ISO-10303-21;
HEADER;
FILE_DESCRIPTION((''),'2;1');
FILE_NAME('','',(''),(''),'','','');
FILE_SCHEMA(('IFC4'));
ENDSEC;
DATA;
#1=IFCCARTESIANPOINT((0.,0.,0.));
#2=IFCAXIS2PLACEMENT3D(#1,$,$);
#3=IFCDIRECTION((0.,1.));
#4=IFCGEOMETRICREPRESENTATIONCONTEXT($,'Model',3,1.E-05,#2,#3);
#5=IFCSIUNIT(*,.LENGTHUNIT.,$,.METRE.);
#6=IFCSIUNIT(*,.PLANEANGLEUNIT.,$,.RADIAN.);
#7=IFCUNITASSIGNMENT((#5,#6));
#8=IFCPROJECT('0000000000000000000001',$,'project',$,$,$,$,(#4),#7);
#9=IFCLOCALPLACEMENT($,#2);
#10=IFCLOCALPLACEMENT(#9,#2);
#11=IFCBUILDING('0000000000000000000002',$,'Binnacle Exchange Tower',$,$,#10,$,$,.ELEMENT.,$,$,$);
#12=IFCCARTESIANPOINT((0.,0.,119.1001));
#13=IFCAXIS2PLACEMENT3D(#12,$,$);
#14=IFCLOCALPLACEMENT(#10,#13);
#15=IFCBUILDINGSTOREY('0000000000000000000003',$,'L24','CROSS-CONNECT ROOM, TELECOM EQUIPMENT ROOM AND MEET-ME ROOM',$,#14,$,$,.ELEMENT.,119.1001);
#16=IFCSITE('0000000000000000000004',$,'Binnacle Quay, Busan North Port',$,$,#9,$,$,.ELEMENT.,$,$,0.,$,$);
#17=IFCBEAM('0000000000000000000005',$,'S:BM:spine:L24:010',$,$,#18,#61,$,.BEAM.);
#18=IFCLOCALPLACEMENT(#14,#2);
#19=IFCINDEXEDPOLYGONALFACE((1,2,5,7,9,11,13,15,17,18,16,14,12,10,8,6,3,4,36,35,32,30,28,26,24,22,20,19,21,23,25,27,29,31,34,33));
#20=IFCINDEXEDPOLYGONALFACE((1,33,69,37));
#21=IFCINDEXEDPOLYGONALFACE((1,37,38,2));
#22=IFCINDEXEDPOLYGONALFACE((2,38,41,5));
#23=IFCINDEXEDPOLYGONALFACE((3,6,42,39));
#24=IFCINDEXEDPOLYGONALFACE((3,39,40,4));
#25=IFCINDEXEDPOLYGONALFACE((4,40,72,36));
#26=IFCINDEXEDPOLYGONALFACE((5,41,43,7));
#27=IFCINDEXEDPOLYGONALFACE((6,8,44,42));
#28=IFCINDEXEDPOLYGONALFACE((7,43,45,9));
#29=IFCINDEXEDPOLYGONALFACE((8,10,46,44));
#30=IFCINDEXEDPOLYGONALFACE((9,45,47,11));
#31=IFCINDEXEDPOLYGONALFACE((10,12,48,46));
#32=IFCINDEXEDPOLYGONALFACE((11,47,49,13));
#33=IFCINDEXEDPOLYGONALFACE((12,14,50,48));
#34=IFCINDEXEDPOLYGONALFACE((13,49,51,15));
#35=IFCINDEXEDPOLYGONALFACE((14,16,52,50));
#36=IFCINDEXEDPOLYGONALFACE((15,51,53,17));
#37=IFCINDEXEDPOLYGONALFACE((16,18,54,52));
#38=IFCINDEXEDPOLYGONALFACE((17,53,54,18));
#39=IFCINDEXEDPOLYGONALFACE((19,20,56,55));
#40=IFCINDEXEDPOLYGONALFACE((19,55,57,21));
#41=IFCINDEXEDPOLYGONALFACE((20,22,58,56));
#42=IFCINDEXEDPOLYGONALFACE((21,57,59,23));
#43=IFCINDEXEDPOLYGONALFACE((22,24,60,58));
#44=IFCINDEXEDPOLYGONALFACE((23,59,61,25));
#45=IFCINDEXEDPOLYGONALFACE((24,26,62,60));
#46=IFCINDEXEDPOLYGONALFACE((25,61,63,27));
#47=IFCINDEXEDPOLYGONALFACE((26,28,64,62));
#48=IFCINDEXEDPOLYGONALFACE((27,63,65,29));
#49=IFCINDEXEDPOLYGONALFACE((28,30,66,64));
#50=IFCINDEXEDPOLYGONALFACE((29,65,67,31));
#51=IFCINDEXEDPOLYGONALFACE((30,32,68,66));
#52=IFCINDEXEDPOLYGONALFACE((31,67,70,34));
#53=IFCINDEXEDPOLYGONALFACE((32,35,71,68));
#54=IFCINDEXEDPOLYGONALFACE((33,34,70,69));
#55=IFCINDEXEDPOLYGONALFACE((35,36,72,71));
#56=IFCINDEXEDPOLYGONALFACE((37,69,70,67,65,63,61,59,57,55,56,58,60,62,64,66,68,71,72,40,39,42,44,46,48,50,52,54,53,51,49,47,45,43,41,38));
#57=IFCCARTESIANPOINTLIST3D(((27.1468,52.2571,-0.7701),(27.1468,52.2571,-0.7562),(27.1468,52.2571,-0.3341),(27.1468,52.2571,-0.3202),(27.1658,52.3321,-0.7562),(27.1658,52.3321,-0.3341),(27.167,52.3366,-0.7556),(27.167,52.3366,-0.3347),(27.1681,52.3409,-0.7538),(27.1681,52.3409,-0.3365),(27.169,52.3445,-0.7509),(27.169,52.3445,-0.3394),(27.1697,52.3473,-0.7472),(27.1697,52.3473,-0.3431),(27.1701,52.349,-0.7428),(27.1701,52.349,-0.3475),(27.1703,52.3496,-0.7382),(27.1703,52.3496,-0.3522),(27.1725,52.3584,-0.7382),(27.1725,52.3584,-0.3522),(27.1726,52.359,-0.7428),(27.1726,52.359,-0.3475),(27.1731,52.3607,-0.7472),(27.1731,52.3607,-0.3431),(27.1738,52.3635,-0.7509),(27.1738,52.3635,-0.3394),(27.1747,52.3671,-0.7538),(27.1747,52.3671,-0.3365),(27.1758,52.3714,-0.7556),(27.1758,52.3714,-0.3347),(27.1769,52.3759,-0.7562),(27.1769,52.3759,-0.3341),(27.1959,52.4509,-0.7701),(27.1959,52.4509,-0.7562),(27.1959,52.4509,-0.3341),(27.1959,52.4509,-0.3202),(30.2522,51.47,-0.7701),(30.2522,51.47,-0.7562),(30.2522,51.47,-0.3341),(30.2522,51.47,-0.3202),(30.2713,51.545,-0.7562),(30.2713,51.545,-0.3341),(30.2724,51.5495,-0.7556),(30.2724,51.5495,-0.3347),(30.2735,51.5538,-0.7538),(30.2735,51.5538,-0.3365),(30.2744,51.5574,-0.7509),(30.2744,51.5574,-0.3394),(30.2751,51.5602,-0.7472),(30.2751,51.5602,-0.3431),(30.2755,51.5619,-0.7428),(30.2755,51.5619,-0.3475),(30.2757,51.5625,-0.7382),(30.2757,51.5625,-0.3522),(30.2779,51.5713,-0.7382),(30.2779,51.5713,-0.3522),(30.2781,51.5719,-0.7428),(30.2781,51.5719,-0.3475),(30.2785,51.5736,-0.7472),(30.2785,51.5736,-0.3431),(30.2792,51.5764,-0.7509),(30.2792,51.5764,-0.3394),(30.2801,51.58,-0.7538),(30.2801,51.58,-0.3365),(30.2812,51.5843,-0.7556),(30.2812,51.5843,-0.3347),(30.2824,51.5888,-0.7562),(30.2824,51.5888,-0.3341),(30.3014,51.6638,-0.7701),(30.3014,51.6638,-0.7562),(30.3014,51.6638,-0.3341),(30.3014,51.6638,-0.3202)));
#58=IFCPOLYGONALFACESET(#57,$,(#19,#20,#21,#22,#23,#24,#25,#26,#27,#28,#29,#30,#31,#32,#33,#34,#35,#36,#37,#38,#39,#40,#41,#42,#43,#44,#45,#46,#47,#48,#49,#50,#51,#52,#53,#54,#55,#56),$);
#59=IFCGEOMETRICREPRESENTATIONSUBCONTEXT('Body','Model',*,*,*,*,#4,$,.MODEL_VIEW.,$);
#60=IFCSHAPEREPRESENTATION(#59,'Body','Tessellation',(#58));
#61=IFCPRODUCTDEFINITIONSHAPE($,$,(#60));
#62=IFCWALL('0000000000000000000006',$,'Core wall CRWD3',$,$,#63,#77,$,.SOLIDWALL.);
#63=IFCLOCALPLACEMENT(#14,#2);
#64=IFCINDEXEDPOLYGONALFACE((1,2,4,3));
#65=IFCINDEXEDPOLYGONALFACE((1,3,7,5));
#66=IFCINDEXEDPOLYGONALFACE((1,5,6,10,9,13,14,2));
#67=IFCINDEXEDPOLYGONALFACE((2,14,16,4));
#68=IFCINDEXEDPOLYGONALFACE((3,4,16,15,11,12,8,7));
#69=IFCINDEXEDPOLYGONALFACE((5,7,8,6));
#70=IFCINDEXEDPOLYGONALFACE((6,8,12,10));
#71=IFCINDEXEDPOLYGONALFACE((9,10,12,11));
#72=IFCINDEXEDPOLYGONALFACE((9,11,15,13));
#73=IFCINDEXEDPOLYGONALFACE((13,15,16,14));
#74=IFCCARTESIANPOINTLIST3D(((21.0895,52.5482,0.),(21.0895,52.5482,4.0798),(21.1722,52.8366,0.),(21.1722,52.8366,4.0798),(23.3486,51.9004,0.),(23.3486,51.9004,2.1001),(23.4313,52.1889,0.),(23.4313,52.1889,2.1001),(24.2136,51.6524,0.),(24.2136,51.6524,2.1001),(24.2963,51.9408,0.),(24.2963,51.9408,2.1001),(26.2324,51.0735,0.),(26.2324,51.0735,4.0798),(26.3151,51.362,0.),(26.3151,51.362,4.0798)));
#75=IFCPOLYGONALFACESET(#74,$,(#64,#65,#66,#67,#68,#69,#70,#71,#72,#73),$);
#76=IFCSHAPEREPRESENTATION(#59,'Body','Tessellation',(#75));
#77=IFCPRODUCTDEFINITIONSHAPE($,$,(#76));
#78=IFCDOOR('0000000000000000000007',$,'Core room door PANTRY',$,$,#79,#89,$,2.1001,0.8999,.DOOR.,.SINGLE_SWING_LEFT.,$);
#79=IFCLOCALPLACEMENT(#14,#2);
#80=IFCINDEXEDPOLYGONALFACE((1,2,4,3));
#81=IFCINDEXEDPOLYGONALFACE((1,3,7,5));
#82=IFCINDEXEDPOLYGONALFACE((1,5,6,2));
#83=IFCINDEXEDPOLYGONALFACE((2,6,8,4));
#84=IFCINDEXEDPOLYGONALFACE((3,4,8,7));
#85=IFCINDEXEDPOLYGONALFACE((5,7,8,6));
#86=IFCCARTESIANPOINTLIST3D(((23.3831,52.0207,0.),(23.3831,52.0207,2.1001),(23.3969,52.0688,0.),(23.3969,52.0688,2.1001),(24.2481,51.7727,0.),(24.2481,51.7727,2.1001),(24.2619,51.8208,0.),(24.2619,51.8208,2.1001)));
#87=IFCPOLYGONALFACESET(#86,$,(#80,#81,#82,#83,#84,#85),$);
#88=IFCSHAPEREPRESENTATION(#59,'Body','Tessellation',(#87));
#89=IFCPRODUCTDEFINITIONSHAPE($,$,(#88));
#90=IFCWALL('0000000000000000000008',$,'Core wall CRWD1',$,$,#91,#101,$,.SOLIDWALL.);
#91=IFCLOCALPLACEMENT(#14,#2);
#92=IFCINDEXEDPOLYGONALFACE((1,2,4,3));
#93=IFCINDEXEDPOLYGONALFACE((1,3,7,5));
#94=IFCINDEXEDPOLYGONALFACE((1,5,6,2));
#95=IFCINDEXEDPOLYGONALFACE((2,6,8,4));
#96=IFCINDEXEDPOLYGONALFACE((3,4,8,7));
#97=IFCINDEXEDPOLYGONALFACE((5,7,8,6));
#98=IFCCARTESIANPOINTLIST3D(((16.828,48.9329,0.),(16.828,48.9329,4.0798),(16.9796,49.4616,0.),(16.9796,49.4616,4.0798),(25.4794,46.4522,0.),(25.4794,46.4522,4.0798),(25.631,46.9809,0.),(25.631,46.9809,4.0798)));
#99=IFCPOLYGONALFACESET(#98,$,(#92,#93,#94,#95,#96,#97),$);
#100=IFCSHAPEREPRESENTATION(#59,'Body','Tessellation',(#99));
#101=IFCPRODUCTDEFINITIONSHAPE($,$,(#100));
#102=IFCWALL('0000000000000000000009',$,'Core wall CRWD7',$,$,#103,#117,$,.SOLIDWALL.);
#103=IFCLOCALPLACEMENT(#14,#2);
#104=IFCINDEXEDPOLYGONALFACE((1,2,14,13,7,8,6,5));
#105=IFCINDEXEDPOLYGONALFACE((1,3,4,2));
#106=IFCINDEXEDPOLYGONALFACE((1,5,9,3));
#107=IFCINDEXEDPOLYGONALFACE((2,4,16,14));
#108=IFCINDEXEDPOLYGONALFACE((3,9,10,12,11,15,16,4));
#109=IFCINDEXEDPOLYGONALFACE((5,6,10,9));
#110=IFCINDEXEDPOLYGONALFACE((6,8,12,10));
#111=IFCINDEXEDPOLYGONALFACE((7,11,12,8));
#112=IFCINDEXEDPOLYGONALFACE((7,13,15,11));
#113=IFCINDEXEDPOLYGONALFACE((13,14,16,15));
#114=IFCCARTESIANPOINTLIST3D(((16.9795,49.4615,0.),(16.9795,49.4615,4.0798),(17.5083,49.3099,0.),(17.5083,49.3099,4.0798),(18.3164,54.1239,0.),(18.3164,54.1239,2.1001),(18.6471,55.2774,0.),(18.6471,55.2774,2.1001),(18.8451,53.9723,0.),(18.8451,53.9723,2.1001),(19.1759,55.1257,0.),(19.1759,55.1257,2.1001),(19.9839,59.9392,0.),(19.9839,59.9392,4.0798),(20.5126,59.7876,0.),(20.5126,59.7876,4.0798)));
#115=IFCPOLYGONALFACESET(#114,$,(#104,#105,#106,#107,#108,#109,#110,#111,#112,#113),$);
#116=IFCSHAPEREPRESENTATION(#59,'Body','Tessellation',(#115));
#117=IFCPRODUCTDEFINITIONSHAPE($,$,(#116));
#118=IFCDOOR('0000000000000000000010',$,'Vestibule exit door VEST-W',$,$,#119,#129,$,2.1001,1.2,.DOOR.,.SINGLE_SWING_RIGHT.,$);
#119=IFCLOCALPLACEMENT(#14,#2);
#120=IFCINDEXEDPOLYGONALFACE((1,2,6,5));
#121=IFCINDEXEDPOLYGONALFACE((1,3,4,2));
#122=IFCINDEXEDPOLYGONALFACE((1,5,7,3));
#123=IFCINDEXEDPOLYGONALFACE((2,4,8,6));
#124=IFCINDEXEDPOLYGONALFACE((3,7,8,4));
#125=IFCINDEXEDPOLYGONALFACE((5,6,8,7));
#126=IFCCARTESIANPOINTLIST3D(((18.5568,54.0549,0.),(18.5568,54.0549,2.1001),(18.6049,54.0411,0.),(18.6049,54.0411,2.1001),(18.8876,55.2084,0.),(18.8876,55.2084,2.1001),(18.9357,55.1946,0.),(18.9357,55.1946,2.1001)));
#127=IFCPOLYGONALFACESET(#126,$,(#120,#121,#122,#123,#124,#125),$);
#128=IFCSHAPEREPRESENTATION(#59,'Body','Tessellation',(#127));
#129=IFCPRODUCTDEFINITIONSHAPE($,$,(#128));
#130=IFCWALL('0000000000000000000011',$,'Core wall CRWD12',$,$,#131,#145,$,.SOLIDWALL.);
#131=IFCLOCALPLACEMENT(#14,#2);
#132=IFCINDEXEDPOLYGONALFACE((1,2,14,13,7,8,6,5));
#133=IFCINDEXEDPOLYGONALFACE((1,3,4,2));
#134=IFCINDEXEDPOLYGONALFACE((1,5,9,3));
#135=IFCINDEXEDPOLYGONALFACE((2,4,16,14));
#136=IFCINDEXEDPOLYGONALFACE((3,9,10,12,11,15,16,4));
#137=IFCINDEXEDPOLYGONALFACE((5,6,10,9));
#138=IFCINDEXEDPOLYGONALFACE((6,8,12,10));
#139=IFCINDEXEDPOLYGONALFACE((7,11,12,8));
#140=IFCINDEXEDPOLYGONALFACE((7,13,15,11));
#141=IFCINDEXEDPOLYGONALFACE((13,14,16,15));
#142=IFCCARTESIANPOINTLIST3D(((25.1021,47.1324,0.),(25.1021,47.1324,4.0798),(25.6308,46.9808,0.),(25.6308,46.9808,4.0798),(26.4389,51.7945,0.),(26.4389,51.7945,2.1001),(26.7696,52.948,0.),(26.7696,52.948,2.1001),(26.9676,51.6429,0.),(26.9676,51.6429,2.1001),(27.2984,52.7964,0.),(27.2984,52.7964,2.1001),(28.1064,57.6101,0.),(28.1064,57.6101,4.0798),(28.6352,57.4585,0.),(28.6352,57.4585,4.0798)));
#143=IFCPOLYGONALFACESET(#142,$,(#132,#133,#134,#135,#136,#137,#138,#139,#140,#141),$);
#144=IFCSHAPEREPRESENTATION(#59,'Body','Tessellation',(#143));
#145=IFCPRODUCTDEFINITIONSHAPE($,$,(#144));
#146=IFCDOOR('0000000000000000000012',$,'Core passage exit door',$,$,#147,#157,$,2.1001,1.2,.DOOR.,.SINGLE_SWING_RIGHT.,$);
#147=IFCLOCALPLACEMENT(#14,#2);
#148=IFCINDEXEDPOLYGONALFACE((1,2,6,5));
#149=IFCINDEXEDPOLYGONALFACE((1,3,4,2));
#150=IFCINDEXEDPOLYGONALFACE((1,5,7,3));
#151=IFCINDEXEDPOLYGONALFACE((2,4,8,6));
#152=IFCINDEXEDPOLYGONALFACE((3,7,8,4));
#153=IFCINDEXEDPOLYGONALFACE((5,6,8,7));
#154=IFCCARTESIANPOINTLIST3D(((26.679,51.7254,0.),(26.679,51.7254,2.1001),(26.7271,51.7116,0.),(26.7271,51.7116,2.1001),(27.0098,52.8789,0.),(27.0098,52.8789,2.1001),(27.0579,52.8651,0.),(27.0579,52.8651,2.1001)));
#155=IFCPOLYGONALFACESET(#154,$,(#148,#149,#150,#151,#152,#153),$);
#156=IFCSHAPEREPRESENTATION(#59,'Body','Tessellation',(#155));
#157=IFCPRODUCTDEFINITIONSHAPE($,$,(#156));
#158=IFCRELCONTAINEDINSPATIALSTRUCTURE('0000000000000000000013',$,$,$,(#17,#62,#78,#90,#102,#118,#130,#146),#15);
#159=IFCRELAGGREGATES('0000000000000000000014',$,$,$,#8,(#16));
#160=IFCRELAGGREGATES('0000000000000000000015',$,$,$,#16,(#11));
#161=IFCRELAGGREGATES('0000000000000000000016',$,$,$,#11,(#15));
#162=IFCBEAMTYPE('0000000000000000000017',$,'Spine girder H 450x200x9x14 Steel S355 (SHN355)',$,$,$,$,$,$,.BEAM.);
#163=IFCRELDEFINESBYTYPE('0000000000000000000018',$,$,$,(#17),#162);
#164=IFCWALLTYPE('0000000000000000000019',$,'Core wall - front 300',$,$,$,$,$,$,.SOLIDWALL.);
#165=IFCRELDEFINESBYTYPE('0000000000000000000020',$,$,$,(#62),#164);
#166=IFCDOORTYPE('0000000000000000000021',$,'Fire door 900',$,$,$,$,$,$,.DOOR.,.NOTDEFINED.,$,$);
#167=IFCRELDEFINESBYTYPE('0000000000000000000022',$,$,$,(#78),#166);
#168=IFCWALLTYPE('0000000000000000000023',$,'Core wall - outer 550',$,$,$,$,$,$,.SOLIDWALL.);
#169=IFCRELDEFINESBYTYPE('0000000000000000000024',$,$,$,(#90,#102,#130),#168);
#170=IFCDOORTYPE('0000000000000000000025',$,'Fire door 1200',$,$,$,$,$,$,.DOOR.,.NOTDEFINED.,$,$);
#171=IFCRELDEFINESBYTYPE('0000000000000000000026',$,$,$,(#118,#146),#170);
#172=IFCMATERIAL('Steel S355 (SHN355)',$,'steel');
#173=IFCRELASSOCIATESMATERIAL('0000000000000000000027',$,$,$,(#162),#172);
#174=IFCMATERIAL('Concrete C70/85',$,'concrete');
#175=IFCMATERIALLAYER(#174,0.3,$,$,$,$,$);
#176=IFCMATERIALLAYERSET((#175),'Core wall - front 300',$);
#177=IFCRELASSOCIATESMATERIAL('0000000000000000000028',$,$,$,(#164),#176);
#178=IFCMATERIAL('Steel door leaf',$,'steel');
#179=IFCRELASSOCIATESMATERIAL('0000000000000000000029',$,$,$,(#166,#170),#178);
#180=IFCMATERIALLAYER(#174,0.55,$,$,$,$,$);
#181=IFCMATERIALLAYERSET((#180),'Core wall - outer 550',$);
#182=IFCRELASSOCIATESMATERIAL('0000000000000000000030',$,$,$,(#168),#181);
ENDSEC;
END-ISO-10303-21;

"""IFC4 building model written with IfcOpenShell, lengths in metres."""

from ifc_helpers import new_model, si_unit, direction, frame, frame_2d, origin, origin_2d, place, context, subcontext, project, spatial, rectangle, i_section, extrude, material, layer, layer_set, material_profile, profile_set, type_object, element, fill, save


model = new_model("IFC4")

# Units and contexts
model_context = context("Model", 3, precision=1e-05, world=origin(), true_north=direction((0.0, 1.0)))
body_context = subcontext(model_context, "Body", "Model", "MODEL_VIEW")
ifc_project = project(units=[si_unit("LENGTHUNIT", "METRE"), si_unit("PLANEANGLEUNIT", "RADIAN")], contexts=[model_context])

# Site, building, storey
site_placement = place(None, origin())
site = spatial("IfcSite", under=ifc_project, at=site_placement, Name="Binnacle Quay, Busan North Port", CompositionType="ELEMENT", RefElevation=0.0)
building_placement = place(site_placement, origin())
building = spatial("IfcBuilding", under=site, at=building_placement, Name="Binnacle Exchange Tower", CompositionType="ELEMENT")
storey_placement = place(building_placement, frame((0.0, 0.0, 119.1001)))
storey = spatial("IfcBuildingStorey", under=building, at=storey_placement, Name="L24", Description="CROSS-CONNECT ROOM, TELECOM EQUIPMENT ROOM AND MEET-ME ROOM", CompositionType="ELEMENT", Elevation=119.1001)

# Shared definitions
ifc_material_1 = material(Name="Concrete C70/85", Category="concrete")

# Beam
ifc_material_2 = material(Name="Steel S355 (SHN355)", Category="steel")
ifc_material_profile_1 = material_profile(ifc_material_2, i_section(OverallWidth=0.2, OverallDepth=0.45, WebThickness=0.009, FlangeThickness=0.0139, FilletRadius=0.0181, at=origin_2d()), Name="H 450x200x9x14")
ifc_profile_set_1 = profile_set([ifc_material_profile_1], Name="Steel S355 (SHN355)")
beam_type_1 = type_object("IfcBeamType", Name="Spine girder H 450x200x9x14 Steel S355 (SHN355)", PredefinedType="BEAM", material=ifc_profile_set_1)
beam_1_placement = place(storey_placement, frame((27.1714, 52.354, -0.5452), z_axis=(0.969348, -0.24569, 0.0), x_axis=(0.24569, 0.969348, 0.0)))
element("IfcBeam", 1, at=beam_1_placement, inside=storey, type_object=beam_type_1, Name="S:BM:spine:L24:010", PredefinedType="BEAM", context=body_context, shape_type="SweptSolid", body=[
    extrude(i_section(OverallWidth=0.2, OverallDepth=0.45, WebThickness=0.009, FlangeThickness=0.0139, FilletRadius=0.0181, at=origin_2d()), origin(), (0.0, 0.0, 1.0), 3.2036),
])

# Wall, opening, door
ifc_layer_1 = layer(ifc_material_1, 0.3)
ifc_layer_set_1 = layer_set([ifc_layer_1], Name="Core wall - front 300")
wall_type_1 = type_object("IfcWallType", Name="Core wall - front 300", PredefinedType="SOLIDWALL", material=ifc_layer_set_1)
wall_1_placement = place(storey_placement, frame((21.1309, 52.6924, 0.0), z_axis=(0.0, 0.0, 1.0), x_axis=(0.961265, -0.275625, 0.0)))
wall_1 = element("IfcWall", 2, at=wall_1_placement, inside=storey, type_object=wall_type_1, Name="Core wall CRWD3", PredefinedType="SOLIDWALL", context=body_context, shape_type="SweptSolid", body=[
    extrude(rectangle(XDim=5.3501, YDim=0.3, at=frame_2d((2.675, 0.0))), origin(), (0.0, 0.0, 1.0), 4.0798),
])
opening_1_placement = place(wall_1_placement, frame((2.3501, 0.0, 0.0)))
opening_1 = element("IfcOpeningElement", 3, at=opening_1_placement, cuts=wall_1, PredefinedType="OPENING", context=body_context, shape_type="SweptSolid", body=[
    extrude(rectangle(XDim=0.8999, YDim=2.1001, at=frame_2d((0.45, 1.05))), frame((0.0, 0.1599, 0.0), z_axis=(0.0, -1.0, 0.0), x_axis=(1.0, 0.0, 0.0)), (0.0, 0.0, 1.0), 0.3201),
])
ifc_material_3 = material(Name="Steel door leaf", Category="steel")
door_type_1 = type_object("IfcDoorType", Name="Fire door 900", OperationType="NOTDEFINED", PredefinedType="DOOR", material=ifc_material_3)
door_1_placement = place(opening_1_placement, frame((0.8999, 0.0, 0.0), z_axis=(0.0, 0.0, 1.0), x_axis=(-1.0, 0.0, 0.0)))
door_1 = element("IfcDoor", 4, at=door_1_placement, inside=storey, type_object=door_type_1, Name="Core room door PANTRY", OperationType="SINGLE_SWING_LEFT", OverallHeight=2.1001, OverallWidth=0.8999, PredefinedType="DOOR", context=body_context, shape_type="SweptSolid", body=[
    extrude(rectangle(XDim=0.8999, YDim=2.1001, at=frame_2d((0.45, 1.05))), frame((0.0, 0.0249, 0.0), z_axis=(0.0, -1.0, 0.0), x_axis=(1.0, 0.0, 0.0)), (0.0, 0.0, 1.0), 0.05),
])
fill(opening_1, door_1)

# Wall
ifc_layer_2 = layer(ifc_material_1, 0.55)
ifc_layer_set_2 = layer_set([ifc_layer_2], Name="Core wall - outer 550")
wall_type_2 = type_object("IfcWallType", Name="Core wall - outer 550", PredefinedType="SOLIDWALL", material=ifc_layer_set_2)
wall_2_placement = place(storey_placement, frame((16.9038, 49.1973, 0.0), z_axis=(0.0, 0.0, 1.0), x_axis=(0.961262, -0.275635, 0.0)))
element("IfcWall", 5, at=wall_2_placement, inside=storey, type_object=wall_type_2, Name="Core wall CRWD1", PredefinedType="SOLIDWALL", context=body_context, shape_type="SweptSolid", body=[
    extrude(rectangle(XDim=9.0, YDim=0.55, at=frame_2d((4.5, 0.0))), origin(), (0.0, 0.0, 1.0), 4.0798),
])

# Walls, openings, doors
wall_3_placement = place(storey_placement, frame((17.2439, 49.3857, 0.0), z_axis=(0.0, 0.0, 1.0), x_axis=(0.275632, 0.961263, 0.0)))
wall_3 = element("IfcWall", 6, at=wall_3_placement, inside=storey, type_object=wall_type_2, Name="Core wall CRWD7", PredefinedType="SOLIDWALL", context=body_context, shape_type="SweptSolid", body=[
    extrude(rectangle(XDim=10.8999, YDim=0.55, at=frame_2d((5.45, 0.0))), origin(), (0.0, 0.0, 1.0), 4.0798),
])
opening_2_placement = place(wall_3_placement, frame((4.8501, 0.0, 0.0)))
opening_2 = element("IfcOpeningElement", 7, at=opening_2_placement, cuts=wall_3, PredefinedType="OPENING", context=body_context, shape_type="SweptSolid", body=[
    extrude(rectangle(XDim=1.2, YDim=2.1001, at=frame_2d((0.6001, 1.05))), frame((0.0, 0.2849, 0.0), z_axis=(0.0, -1.0, 0.0), x_axis=(1.0, 0.0, 0.0)), (0.0, 0.0, 1.0), 0.5701),
])
door_type_2 = type_object("IfcDoorType", Name="Fire door 1200", OperationType="NOTDEFINED", PredefinedType="DOOR", material=ifc_material_3)
door_2_placement = place(opening_2_placement, origin())
door_2 = element("IfcDoor", 8, at=door_2_placement, inside=storey, type_object=door_type_2, Name="Vestibule exit door VEST-W", OperationType="SINGLE_SWING_RIGHT", OverallHeight=2.1001, OverallWidth=1.2, PredefinedType="DOOR", context=body_context, shape_type="SweptSolid", body=[
    extrude(rectangle(XDim=1.2, YDim=2.1001, at=frame_2d((0.6001, 1.05))), frame((0.0, 0.0249, 0.0), z_axis=(0.0, -1.0, 0.0), x_axis=(1.0, 0.0, 0.0)), (0.0, 0.0, 1.0), 0.05),
])
fill(opening_2, door_2)
wall_4_placement = place(storey_placement, frame((25.3665, 47.0566, 0.0), z_axis=(0.0, 0.0, 1.0), x_axis=(0.275632, 0.961263, 0.0)))
wall_4 = element("IfcWall", 9, at=wall_4_placement, inside=storey, type_object=wall_type_2, Name="Core wall CRWD12", PredefinedType="SOLIDWALL", context=body_context, shape_type="SweptSolid", body=[
    extrude(rectangle(XDim=10.8999, YDim=0.55, at=frame_2d((5.45, 0.0))), origin(), (0.0, 0.0, 1.0), 4.0798),
])
opening_3_placement = place(wall_4_placement, frame((4.8499, 0.0, 0.0)))
opening_3 = element("IfcOpeningElement", 10, at=opening_3_placement, cuts=wall_4, PredefinedType="OPENING", context=body_context, shape_type="SweptSolid", body=[
    extrude(rectangle(XDim=1.2, YDim=2.1001, at=frame_2d((0.6001, 1.05))), frame((0.0, 0.2849, 0.0), z_axis=(0.0, -1.0, 0.0), x_axis=(1.0, 0.0, 0.0)), (0.0, 0.0, 1.0), 0.5701),
])
door_3_placement = place(opening_3_placement, frame((1.2, 0.0, 0.0), z_axis=(0.0, 0.0, 1.0), x_axis=(-1.0, 0.0, 0.0)))
door_3 = element("IfcDoor", 11, at=door_3_placement, inside=storey, type_object=door_type_2, Name="Core passage exit door", OperationType="SINGLE_SWING_RIGHT", OverallHeight=2.1001, OverallWidth=1.2, PredefinedType="DOOR", context=body_context, shape_type="SweptSolid", body=[
    extrude(rectangle(XDim=1.2, YDim=2.1001, at=frame_2d((0.6001, 1.05))), frame((0.0, 0.0249, 0.0), z_axis=(0.0, -1.0, 0.0), x_axis=(1.0, 0.0, 0.0)), (0.0, 0.0, 1.0), 0.05),
])
fill(opening_3, door_3)

save(model, "model.ifc")
